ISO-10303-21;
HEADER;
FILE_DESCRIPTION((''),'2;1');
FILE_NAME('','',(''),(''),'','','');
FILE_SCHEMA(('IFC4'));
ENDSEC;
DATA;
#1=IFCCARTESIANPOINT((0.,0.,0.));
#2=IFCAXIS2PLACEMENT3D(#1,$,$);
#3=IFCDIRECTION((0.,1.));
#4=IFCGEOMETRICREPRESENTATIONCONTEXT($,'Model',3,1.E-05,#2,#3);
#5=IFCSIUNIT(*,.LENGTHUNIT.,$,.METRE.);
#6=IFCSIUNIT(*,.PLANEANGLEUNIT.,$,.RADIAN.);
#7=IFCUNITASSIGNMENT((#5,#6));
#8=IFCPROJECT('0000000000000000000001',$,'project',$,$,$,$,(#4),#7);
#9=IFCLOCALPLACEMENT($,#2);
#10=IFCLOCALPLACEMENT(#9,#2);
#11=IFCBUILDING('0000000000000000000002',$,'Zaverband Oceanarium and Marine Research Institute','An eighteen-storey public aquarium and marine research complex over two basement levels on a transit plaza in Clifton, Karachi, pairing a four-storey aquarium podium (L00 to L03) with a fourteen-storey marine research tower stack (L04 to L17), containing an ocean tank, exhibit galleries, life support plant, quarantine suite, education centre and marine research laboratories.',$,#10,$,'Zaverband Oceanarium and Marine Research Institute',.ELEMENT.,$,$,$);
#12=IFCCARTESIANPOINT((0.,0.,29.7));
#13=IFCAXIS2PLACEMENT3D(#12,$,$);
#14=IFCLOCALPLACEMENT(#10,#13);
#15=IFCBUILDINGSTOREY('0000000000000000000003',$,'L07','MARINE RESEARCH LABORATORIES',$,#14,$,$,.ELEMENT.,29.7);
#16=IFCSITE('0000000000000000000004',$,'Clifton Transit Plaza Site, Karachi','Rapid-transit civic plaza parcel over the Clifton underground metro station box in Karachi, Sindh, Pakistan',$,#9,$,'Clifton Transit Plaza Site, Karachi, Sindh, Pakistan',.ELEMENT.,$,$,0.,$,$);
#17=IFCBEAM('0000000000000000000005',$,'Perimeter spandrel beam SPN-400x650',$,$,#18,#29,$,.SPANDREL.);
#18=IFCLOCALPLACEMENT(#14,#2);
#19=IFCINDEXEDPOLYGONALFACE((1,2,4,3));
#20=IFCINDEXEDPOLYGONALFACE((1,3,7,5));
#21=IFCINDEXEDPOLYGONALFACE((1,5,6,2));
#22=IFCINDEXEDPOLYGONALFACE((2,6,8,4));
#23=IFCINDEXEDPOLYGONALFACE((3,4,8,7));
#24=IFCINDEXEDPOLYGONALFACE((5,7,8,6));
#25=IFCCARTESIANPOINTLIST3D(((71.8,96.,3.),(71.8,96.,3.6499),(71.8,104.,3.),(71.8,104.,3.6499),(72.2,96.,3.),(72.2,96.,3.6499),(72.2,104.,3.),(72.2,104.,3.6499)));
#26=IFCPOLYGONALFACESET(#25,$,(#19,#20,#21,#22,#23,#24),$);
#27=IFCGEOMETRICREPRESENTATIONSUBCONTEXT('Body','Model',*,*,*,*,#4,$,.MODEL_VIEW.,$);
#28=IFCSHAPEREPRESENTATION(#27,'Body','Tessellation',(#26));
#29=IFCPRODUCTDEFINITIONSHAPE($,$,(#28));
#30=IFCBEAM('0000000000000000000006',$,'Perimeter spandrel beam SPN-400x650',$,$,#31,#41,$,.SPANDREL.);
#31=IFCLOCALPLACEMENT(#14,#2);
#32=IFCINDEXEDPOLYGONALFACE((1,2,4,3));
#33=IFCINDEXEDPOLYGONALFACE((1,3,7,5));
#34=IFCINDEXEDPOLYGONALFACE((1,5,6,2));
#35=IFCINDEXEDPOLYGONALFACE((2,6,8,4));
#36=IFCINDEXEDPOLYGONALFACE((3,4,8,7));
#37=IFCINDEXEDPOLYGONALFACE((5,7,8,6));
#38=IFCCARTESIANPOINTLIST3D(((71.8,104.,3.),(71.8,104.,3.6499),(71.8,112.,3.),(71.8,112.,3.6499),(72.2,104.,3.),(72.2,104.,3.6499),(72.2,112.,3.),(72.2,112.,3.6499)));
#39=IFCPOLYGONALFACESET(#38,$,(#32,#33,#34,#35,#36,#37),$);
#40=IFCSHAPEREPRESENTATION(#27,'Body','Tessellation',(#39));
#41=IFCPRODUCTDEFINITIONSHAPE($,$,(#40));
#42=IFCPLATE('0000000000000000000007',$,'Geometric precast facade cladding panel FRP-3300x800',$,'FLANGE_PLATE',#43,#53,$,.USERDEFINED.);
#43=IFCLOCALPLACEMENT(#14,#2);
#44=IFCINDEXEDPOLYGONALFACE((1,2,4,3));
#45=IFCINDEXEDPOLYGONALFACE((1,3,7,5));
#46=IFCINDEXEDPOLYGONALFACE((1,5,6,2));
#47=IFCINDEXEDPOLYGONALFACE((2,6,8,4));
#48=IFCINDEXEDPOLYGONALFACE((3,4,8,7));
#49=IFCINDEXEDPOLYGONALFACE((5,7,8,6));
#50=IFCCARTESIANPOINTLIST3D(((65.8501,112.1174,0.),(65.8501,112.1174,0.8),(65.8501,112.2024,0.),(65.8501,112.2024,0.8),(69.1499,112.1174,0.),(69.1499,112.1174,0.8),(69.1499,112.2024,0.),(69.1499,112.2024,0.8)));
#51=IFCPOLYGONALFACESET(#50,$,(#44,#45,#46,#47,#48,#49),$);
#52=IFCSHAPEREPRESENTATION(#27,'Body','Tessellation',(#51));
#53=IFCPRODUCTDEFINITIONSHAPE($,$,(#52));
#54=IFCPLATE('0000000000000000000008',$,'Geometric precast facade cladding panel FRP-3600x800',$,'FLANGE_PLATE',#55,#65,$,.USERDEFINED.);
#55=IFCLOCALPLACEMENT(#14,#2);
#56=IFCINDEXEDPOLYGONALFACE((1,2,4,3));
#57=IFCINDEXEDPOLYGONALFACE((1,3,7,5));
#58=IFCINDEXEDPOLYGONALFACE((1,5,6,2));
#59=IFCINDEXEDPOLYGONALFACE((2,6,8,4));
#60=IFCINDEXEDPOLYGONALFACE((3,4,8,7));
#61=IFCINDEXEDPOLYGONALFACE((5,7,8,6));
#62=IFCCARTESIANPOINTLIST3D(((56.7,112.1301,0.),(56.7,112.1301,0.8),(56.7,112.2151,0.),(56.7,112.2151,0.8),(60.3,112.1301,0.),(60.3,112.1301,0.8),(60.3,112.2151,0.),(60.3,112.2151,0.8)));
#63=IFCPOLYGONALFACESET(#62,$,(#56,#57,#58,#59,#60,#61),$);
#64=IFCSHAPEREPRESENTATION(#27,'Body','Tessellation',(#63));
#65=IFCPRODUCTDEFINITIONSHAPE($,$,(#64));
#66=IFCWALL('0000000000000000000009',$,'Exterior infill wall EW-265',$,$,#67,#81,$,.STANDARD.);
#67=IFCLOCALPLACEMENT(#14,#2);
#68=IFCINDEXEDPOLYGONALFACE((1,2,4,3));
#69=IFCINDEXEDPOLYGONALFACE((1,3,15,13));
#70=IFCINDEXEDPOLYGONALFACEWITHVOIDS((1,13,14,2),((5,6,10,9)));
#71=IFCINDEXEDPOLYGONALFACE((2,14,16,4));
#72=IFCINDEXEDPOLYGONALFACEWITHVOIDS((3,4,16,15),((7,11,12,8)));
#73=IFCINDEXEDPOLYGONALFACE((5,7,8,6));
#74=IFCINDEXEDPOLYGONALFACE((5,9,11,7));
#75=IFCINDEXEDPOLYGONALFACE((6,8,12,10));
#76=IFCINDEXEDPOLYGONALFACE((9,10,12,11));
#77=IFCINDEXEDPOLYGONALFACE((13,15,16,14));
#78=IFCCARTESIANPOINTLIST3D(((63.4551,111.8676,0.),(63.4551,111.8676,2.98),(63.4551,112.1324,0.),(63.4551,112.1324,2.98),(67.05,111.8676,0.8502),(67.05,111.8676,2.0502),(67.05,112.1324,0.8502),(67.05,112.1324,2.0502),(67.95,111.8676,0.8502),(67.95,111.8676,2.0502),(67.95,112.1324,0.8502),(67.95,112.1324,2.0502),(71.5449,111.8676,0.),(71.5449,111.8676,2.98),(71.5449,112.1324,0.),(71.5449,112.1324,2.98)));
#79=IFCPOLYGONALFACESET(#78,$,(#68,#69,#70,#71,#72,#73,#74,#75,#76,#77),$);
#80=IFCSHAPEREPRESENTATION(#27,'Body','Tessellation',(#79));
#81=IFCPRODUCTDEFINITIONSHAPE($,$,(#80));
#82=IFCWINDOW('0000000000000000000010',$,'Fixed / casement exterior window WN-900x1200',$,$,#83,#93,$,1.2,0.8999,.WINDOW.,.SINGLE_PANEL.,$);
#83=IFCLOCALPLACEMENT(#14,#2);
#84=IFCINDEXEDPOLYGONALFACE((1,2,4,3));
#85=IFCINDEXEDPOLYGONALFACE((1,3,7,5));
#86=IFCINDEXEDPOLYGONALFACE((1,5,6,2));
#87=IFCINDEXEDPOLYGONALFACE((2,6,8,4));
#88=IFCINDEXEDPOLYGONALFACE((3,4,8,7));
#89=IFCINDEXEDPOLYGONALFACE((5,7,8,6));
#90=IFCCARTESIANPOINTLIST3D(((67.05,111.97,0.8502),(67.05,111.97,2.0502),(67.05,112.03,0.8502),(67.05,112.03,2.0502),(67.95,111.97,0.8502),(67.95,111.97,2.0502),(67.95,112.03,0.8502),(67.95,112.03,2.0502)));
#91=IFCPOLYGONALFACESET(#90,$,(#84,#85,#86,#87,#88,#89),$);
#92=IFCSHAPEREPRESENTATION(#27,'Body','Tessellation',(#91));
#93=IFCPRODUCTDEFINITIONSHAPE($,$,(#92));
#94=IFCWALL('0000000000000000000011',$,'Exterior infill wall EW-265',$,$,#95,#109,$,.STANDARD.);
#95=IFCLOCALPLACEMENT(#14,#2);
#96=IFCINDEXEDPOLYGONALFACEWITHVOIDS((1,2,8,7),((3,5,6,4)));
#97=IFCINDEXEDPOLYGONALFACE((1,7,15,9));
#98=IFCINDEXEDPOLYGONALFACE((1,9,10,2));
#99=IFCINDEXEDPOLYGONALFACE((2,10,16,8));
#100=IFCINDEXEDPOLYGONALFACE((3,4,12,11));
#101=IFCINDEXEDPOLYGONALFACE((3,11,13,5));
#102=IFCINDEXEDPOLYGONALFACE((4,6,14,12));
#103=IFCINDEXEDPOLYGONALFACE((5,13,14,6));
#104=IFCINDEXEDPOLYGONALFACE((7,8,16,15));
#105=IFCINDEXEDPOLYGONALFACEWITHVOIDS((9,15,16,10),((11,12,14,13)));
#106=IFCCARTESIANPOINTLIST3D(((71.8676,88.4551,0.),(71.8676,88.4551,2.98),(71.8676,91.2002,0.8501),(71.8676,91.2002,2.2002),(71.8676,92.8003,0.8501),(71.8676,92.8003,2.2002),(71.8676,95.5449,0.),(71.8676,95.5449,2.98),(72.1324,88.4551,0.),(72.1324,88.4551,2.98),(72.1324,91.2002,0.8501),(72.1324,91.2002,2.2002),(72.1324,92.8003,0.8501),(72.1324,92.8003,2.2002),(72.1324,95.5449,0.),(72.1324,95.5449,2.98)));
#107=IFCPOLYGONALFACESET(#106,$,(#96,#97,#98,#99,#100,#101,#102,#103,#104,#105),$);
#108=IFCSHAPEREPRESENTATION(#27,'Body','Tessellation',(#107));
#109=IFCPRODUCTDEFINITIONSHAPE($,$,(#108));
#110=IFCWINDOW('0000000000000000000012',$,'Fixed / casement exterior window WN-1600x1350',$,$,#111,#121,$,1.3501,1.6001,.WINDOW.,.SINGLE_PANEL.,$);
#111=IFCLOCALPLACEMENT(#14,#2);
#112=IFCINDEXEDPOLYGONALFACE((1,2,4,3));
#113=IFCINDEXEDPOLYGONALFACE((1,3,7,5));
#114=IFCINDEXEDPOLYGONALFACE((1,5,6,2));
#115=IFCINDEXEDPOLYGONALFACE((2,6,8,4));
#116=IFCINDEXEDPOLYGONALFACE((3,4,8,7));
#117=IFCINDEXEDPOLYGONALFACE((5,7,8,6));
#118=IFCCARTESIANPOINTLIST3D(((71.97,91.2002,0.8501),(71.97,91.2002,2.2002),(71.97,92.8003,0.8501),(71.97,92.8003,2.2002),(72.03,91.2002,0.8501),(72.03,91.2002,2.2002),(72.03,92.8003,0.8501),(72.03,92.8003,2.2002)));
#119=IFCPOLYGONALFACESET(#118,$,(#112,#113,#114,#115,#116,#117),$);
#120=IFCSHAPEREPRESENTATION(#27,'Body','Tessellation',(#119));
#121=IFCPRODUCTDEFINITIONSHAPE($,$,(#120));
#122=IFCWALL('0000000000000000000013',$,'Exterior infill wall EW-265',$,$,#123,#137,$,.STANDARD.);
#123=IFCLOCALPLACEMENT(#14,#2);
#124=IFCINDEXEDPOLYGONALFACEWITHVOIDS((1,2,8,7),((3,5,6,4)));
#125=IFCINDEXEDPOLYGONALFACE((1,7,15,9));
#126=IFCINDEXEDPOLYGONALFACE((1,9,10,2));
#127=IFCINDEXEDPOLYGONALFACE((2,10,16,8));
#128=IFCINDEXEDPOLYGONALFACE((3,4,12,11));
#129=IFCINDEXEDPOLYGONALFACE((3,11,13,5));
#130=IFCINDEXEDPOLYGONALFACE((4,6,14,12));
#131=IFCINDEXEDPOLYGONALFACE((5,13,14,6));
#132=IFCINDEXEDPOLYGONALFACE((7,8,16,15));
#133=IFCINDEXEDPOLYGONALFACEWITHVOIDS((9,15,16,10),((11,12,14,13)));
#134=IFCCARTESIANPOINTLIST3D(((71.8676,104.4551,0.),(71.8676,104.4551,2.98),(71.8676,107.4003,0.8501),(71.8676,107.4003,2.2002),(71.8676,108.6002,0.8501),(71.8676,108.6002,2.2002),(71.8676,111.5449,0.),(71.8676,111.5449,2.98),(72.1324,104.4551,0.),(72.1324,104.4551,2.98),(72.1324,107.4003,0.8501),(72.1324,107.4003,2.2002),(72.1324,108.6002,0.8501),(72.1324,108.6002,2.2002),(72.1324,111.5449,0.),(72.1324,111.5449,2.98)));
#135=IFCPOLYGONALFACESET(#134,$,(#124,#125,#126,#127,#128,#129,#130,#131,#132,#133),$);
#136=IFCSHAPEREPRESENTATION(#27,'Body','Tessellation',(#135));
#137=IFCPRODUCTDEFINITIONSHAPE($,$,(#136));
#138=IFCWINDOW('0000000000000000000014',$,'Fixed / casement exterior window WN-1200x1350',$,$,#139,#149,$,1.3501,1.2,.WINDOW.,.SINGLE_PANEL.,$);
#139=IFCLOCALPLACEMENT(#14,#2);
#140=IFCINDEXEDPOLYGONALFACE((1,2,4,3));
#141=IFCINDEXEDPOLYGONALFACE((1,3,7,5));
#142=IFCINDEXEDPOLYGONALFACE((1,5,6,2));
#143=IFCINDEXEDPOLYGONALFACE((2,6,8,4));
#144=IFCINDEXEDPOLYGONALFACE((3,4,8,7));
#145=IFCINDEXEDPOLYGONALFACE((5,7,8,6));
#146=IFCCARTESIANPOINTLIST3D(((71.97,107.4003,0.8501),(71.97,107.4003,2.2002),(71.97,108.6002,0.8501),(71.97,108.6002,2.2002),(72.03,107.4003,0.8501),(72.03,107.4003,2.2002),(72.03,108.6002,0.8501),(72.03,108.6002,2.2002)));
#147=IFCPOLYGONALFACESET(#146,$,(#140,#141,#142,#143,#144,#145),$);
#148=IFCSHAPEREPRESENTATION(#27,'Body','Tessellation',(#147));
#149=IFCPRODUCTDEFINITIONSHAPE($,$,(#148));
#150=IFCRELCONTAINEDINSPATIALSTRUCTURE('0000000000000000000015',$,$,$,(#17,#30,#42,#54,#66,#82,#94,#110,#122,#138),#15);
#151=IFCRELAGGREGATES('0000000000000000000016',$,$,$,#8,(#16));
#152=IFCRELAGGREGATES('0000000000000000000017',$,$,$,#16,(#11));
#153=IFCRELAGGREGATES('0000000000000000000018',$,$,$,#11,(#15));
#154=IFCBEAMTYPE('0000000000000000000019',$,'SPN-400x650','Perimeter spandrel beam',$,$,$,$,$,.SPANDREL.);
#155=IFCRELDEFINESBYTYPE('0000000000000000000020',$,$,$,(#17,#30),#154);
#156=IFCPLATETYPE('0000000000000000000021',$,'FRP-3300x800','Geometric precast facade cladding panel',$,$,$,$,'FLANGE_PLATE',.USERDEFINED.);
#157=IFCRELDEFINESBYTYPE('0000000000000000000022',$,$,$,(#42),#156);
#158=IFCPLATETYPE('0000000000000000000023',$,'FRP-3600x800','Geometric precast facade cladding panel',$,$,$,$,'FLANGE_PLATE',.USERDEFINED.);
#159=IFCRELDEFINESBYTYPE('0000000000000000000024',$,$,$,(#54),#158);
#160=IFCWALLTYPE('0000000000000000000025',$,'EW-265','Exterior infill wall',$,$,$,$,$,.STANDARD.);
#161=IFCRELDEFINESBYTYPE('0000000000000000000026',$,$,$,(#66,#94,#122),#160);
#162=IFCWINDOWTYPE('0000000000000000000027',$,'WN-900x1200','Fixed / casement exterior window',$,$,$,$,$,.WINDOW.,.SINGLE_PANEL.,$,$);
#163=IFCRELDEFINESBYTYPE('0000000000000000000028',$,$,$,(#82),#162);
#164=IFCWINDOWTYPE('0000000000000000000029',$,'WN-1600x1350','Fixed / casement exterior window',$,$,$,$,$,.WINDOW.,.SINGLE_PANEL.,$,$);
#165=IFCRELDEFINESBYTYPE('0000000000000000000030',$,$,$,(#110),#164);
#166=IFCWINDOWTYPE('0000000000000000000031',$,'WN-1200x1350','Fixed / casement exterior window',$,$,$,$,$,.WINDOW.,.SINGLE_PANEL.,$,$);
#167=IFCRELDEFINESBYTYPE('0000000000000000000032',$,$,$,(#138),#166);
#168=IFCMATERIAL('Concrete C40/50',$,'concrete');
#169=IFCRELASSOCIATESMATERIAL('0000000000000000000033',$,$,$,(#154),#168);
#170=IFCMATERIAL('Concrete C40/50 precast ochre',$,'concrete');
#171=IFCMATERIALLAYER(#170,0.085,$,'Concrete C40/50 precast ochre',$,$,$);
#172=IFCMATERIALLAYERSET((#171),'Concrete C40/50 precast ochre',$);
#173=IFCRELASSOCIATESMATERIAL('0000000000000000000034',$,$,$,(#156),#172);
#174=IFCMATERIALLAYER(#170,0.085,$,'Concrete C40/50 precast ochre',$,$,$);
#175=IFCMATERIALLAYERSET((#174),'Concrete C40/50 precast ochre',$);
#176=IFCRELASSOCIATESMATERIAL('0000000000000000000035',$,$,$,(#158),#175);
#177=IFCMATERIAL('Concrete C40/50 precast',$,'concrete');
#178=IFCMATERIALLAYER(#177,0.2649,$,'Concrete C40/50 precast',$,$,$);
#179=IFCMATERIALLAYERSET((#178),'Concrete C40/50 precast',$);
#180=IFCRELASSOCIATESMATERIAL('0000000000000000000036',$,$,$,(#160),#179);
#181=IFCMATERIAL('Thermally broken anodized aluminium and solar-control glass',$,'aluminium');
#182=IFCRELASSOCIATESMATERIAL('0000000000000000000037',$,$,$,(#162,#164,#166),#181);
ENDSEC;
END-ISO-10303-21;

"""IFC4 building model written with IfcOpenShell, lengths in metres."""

from ifc_helpers import new_model, si_unit, direction, frame, frame_2d, origin, origin_2d, place, context, subcontext, project, spatial, rectangle, extrude, material, layer, layer_set, material_profile, profile_set, type_object, element, fill, save


model = new_model("IFC4")

# Units and contexts
model_context = context("Model", 3, precision=1e-05, world=origin(), true_north=direction((0.0, 1.0)))
body_context = subcontext(model_context, "Body", "Model", "MODEL_VIEW")
ifc_project = project(units=[si_unit("LENGTHUNIT", "METRE"), si_unit("PLANEANGLEUNIT", "RADIAN")], contexts=[model_context])

# Site, building, storey
site_placement = place(None, origin())
site = spatial("IfcSite", under=ifc_project, at=site_placement, Name="Clifton Transit Plaza Site, Karachi", Description="Rapid-transit civic plaza parcel over the Clifton underground metro station box in Karachi, Sindh, Pakistan", LongName="Clifton Transit Plaza Site, Karachi, Sindh, Pakistan", CompositionType="ELEMENT", RefElevation=0.0)
building_placement = place(site_placement, origin())
building = spatial("IfcBuilding", under=site, at=building_placement, Name="Zaverband Oceanarium and Marine Research Institute", Description="An eighteen-storey public aquarium and marine research complex over two basement levels on a transit plaza in Clifton, Karachi, pairing a four-storey aquarium podium (L00 to L03) with a fourteen-storey marine research tower stack (L04 to L17), containing an ocean tank, exhibit galleries, life support plant, quarantine suite, education centre and marine research laboratories.", LongName="Zaverband Oceanarium and Marine Research Institute", CompositionType="ELEMENT")
storey_placement = place(building_placement, frame((0.0, 0.0, 29.7)))
storey = spatial("IfcBuildingStorey", under=building, at=storey_placement, Name="L07", Description="MARINE RESEARCH LABORATORIES", CompositionType="ELEMENT", Elevation=29.7)

# Beams
ifc_material_1 = material(Name="Concrete C40/50", Category="concrete")
ifc_material_profile_1 = material_profile(ifc_material_1, rectangle(XDim=0.3999, YDim=0.6499, at=origin_2d()), Name="RC400x650")
ifc_profile_set_1 = profile_set([ifc_material_profile_1], Name="Concrete C40/50")
beam_type_1 = type_object("IfcBeamType", Name="SPN-400x650", Description="Perimeter spandrel beam", PredefinedType="SPANDREL", material=ifc_profile_set_1)
for number, where, z_axis, x_axis, name in (
    (1, (72.0, 96.0, 3.325), (0.0, 1.0, 0.0), (-1.0, 0.0, 0.0), "Perimeter spandrel beam SPN-400x650"),
    (2, (72.0, 104.0, 3.325), (0.0, 1.0, 0.0), (-1.0, 0.0, 0.0), "Perimeter spandrel beam SPN-400x650"),
):
    element("IfcBeam", number, at=place(storey_placement, frame(where, z_axis=z_axis, x_axis=x_axis)), inside=storey, type_object=beam_type_1, Name=name, PredefinedType="SPANDREL", context=body_context, shape_type="SweptSolid", body=[
        extrude(rectangle(XDim=0.3999, YDim=0.6499, at=origin_2d()), origin(), (0.0, 0.0, 1.0), 8.0),
    ])

# Plates
ifc_material_2 = material(Name="Concrete C40/50 precast ochre", Category="concrete")
ifc_layer_1 = layer(ifc_material_2, 0.085, Name="Concrete C40/50 precast ochre")
ifc_layer_set_1 = layer_set([ifc_layer_1], Name="Concrete C40/50 precast ochre")
plate_type_1 = type_object("IfcPlateType", Name="FRP-3300x800", Description="Geometric precast facade cladding panel", ElementType="FLANGE_PLATE", PredefinedType="USERDEFINED", material=ifc_layer_set_1)
plate_1_placement = place(storey_placement, frame((65.8501, 112.1599, 0.0), z_axis=(0.0, 0.0, 1.0), x_axis=(1.0, 0.0, 0.0)))
element("IfcPlate", 3, at=plate_1_placement, inside=storey, type_object=plate_type_1, Name="Geometric precast facade cladding panel FRP-3300x800", ObjectType="FLANGE_PLATE", PredefinedType="USERDEFINED", context=body_context, shape_type="SweptSolid", body=[
    extrude(rectangle(XDim=3.2998, YDim=0.085, at=frame_2d((1.6499, 0.0))), origin(), (0.0, 0.0, 1.0), 0.8),
])
ifc_layer_2 = layer(ifc_material_2, 0.085, Name="Concrete C40/50 precast ochre")
ifc_layer_set_2 = layer_set([ifc_layer_2], Name="Concrete C40/50 precast ochre")
plate_type_2 = type_object("IfcPlateType", Name="FRP-3600x800", Description="Geometric precast facade cladding panel", ElementType="FLANGE_PLATE", PredefinedType="USERDEFINED", material=ifc_layer_set_2)
plate_2_placement = place(storey_placement, frame((56.7, 112.1726, 0.0), z_axis=(0.0, 0.0, 1.0), x_axis=(1.0, 0.0, 0.0)))
element("IfcPlate", 4, at=plate_2_placement, inside=storey, type_object=plate_type_2, Name="Geometric precast facade cladding panel FRP-3600x800", ObjectType="FLANGE_PLATE", PredefinedType="USERDEFINED", context=body_context, shape_type="SweptSolid", body=[
    extrude(rectangle(XDim=3.6001, YDim=0.085, at=frame_2d((1.8, 0.0))), origin(), (0.0, 0.0, 1.0), 0.8),
])

# Walls, openings, windows
ifc_material_3 = material(Name="Concrete C40/50 precast", Category="concrete")
ifc_layer_3 = layer(ifc_material_3, 0.2649, Name="Concrete C40/50 precast")
ifc_layer_set_3 = layer_set([ifc_layer_3], Name="Concrete C40/50 precast")
wall_type_1 = type_object("IfcWallType", Name="EW-265", Description="Exterior infill wall", PredefinedType="STANDARD", material=ifc_layer_set_3)
wall_1_placement = place(storey_placement, frame((63.4551, 112.0, 0.0), z_axis=(0.0, 0.0, 1.0), x_axis=(1.0, 0.0, 0.0)))
wall_1 = element("IfcWall", 5, at=wall_1_placement, inside=storey, type_object=wall_type_1, Name="Exterior infill wall EW-265", PredefinedType="STANDARD", context=body_context, shape_type="SweptSolid", body=[
    extrude(rectangle(XDim=8.0898, YDim=0.2649, at=frame_2d((4.0449, 0.0))), origin(), (0.0, 0.0, 1.0), 2.98),
])
opening_1_placement = place(wall_1_placement, frame((3.595, 0.0, 0.8501)))
opening_1 = element("IfcOpeningElement", 6, at=opening_1_placement, cuts=wall_1, PredefinedType="OPENING", context=body_context, shape_type="SweptSolid", body=[
    extrude(rectangle(XDim=0.8999, YDim=1.2, at=frame_2d((0.45, 0.6001))), frame((0.0, 0.1445, 0.0), z_axis=(0.0, -1.0, 0.0), x_axis=(1.0, 0.0, 0.0)), (0.0, 0.0, 1.0), 0.2888),
])
ifc_material_4 = material(Name="Thermally broken anodized aluminium and solar-control glass", Category="aluminium")
window_type_1 = type_object("IfcWindowType", Name="WN-900x1200", Description="Fixed / casement exterior window", PartitioningType="SINGLE_PANEL", PredefinedType="WINDOW", material=ifc_material_4)
window_1_placement = place(opening_1_placement, origin())
window_1 = element("IfcWindow", 7, at=window_1_placement, inside=storey, type_object=window_type_1, Name="Fixed / casement exterior window WN-900x1200", OverallHeight=1.2, OverallWidth=0.8999, PartitioningType="SINGLE_PANEL", PredefinedType="WINDOW", context=body_context, shape_type="SweptSolid", body=[
    extrude(rectangle(XDim=0.8999, YDim=1.2, at=frame_2d((0.45, 0.6001))), frame((0.0, 0.03, 0.0), z_axis=(0.0, -1.0, 0.0), x_axis=(1.0, 0.0, 0.0)), (0.0, 0.0, 1.0), 0.0601),
])
fill(opening_1, window_1)
wall_2_placement = place(storey_placement, frame((72.0, 88.4551, 0.0), z_axis=(0.0, 0.0, 1.0), x_axis=(0.0, 1.0, 0.0)))
wall_2 = element("IfcWall", 8, at=wall_2_placement, inside=storey, type_object=wall_type_1, Name="Exterior infill wall EW-265", PredefinedType="STANDARD", context=body_context, shape_type="SweptSolid", body=[
    extrude(rectangle(XDim=7.0898, YDim=0.2649, at=frame_2d((3.5449, 0.0))), origin(), (0.0, 0.0, 1.0), 2.98),
])
opening_2_placement = place(wall_2_placement, frame((2.7451, 0.0, 0.8501)))
opening_2 = element("IfcOpeningElement", 9, at=opening_2_placement, cuts=wall_2, PredefinedType="OPENING", context=body_context, shape_type="SweptSolid", body=[
    extrude(rectangle(XDim=1.6001, YDim=1.3501, at=frame_2d((0.8, 0.675))), frame((0.0, 0.1445, 0.0), z_axis=(0.0, -1.0, 0.0), x_axis=(1.0, 0.0, 0.0)), (0.0, 0.0, 1.0), 0.2888),
])
window_type_2 = type_object("IfcWindowType", Name="WN-1600x1350", Description="Fixed / casement exterior window", PartitioningType="SINGLE_PANEL", PredefinedType="WINDOW", material=ifc_material_4)
window_2_placement = place(opening_2_placement, origin())
window_2 = element("IfcWindow", 10, at=window_2_placement, inside=storey, type_object=window_type_2, Name="Fixed / casement exterior window WN-1600x1350", OverallHeight=1.3501, OverallWidth=1.6001, PartitioningType="SINGLE_PANEL", PredefinedType="WINDOW", context=body_context, shape_type="SweptSolid", body=[
    extrude(rectangle(XDim=1.6001, YDim=1.3501, at=frame_2d((0.8, 0.675))), frame((0.0, 0.03, 0.0), z_axis=(0.0, -1.0, 0.0), x_axis=(1.0, 0.0, 0.0)), (0.0, 0.0, 1.0), 0.0601),
])
fill(opening_2, window_2)
wall_3_placement = place(storey_placement, frame((72.0, 104.4551, 0.0), z_axis=(0.0, 0.0, 1.0), x_axis=(0.0, 1.0, 0.0)))
wall_3 = element("IfcWall", 11, at=wall_3_placement, inside=storey, type_object=wall_type_1, Name="Exterior infill wall EW-265", PredefinedType="STANDARD", context=body_context, shape_type="SweptSolid", body=[
    extrude(rectangle(XDim=7.0898, YDim=0.2649, at=frame_2d((3.5449, 0.0))), origin(), (0.0, 0.0, 1.0), 2.98),
])
opening_3_placement = place(wall_3_placement, frame((2.9451, 0.0, 0.8501)))
opening_3 = element("IfcOpeningElement", 12, at=opening_3_placement, cuts=wall_3, PredefinedType="OPENING", context=body_context, shape_type="SweptSolid", body=[
    extrude(rectangle(XDim=1.2, YDim=1.3501, at=frame_2d((0.6001, 0.675))), frame((0.0, 0.1445, 0.0), z_axis=(0.0, -1.0, 0.0), x_axis=(1.0, 0.0, 0.0)), (0.0, 0.0, 1.0), 0.2888),
])
window_type_3 = type_object("IfcWindowType", Name="WN-1200x1350", Description="Fixed / casement exterior window", PartitioningType="SINGLE_PANEL", PredefinedType="WINDOW", material=ifc_material_4)
window_3_placement = place(opening_3_placement, origin())
window_3 = element("IfcWindow", 13, at=window_3_placement, inside=storey, type_object=window_type_3, Name="Fixed / casement exterior window WN-1200x1350", OverallHeight=1.3501, OverallWidth=1.2, PartitioningType="SINGLE_PANEL", PredefinedType="WINDOW", context=body_context, shape_type="SweptSolid", body=[
    extrude(rectangle(XDim=1.2, YDim=1.3501, at=frame_2d((0.6001, 0.675))), frame((0.0, 0.03, 0.0), z_axis=(0.0, -1.0, 0.0), x_axis=(1.0, 0.0, 0.0)), (0.0, 0.0, 1.0), 0.0601),
])
fill(opening_3, window_3)

save(model, "model.ifc")
